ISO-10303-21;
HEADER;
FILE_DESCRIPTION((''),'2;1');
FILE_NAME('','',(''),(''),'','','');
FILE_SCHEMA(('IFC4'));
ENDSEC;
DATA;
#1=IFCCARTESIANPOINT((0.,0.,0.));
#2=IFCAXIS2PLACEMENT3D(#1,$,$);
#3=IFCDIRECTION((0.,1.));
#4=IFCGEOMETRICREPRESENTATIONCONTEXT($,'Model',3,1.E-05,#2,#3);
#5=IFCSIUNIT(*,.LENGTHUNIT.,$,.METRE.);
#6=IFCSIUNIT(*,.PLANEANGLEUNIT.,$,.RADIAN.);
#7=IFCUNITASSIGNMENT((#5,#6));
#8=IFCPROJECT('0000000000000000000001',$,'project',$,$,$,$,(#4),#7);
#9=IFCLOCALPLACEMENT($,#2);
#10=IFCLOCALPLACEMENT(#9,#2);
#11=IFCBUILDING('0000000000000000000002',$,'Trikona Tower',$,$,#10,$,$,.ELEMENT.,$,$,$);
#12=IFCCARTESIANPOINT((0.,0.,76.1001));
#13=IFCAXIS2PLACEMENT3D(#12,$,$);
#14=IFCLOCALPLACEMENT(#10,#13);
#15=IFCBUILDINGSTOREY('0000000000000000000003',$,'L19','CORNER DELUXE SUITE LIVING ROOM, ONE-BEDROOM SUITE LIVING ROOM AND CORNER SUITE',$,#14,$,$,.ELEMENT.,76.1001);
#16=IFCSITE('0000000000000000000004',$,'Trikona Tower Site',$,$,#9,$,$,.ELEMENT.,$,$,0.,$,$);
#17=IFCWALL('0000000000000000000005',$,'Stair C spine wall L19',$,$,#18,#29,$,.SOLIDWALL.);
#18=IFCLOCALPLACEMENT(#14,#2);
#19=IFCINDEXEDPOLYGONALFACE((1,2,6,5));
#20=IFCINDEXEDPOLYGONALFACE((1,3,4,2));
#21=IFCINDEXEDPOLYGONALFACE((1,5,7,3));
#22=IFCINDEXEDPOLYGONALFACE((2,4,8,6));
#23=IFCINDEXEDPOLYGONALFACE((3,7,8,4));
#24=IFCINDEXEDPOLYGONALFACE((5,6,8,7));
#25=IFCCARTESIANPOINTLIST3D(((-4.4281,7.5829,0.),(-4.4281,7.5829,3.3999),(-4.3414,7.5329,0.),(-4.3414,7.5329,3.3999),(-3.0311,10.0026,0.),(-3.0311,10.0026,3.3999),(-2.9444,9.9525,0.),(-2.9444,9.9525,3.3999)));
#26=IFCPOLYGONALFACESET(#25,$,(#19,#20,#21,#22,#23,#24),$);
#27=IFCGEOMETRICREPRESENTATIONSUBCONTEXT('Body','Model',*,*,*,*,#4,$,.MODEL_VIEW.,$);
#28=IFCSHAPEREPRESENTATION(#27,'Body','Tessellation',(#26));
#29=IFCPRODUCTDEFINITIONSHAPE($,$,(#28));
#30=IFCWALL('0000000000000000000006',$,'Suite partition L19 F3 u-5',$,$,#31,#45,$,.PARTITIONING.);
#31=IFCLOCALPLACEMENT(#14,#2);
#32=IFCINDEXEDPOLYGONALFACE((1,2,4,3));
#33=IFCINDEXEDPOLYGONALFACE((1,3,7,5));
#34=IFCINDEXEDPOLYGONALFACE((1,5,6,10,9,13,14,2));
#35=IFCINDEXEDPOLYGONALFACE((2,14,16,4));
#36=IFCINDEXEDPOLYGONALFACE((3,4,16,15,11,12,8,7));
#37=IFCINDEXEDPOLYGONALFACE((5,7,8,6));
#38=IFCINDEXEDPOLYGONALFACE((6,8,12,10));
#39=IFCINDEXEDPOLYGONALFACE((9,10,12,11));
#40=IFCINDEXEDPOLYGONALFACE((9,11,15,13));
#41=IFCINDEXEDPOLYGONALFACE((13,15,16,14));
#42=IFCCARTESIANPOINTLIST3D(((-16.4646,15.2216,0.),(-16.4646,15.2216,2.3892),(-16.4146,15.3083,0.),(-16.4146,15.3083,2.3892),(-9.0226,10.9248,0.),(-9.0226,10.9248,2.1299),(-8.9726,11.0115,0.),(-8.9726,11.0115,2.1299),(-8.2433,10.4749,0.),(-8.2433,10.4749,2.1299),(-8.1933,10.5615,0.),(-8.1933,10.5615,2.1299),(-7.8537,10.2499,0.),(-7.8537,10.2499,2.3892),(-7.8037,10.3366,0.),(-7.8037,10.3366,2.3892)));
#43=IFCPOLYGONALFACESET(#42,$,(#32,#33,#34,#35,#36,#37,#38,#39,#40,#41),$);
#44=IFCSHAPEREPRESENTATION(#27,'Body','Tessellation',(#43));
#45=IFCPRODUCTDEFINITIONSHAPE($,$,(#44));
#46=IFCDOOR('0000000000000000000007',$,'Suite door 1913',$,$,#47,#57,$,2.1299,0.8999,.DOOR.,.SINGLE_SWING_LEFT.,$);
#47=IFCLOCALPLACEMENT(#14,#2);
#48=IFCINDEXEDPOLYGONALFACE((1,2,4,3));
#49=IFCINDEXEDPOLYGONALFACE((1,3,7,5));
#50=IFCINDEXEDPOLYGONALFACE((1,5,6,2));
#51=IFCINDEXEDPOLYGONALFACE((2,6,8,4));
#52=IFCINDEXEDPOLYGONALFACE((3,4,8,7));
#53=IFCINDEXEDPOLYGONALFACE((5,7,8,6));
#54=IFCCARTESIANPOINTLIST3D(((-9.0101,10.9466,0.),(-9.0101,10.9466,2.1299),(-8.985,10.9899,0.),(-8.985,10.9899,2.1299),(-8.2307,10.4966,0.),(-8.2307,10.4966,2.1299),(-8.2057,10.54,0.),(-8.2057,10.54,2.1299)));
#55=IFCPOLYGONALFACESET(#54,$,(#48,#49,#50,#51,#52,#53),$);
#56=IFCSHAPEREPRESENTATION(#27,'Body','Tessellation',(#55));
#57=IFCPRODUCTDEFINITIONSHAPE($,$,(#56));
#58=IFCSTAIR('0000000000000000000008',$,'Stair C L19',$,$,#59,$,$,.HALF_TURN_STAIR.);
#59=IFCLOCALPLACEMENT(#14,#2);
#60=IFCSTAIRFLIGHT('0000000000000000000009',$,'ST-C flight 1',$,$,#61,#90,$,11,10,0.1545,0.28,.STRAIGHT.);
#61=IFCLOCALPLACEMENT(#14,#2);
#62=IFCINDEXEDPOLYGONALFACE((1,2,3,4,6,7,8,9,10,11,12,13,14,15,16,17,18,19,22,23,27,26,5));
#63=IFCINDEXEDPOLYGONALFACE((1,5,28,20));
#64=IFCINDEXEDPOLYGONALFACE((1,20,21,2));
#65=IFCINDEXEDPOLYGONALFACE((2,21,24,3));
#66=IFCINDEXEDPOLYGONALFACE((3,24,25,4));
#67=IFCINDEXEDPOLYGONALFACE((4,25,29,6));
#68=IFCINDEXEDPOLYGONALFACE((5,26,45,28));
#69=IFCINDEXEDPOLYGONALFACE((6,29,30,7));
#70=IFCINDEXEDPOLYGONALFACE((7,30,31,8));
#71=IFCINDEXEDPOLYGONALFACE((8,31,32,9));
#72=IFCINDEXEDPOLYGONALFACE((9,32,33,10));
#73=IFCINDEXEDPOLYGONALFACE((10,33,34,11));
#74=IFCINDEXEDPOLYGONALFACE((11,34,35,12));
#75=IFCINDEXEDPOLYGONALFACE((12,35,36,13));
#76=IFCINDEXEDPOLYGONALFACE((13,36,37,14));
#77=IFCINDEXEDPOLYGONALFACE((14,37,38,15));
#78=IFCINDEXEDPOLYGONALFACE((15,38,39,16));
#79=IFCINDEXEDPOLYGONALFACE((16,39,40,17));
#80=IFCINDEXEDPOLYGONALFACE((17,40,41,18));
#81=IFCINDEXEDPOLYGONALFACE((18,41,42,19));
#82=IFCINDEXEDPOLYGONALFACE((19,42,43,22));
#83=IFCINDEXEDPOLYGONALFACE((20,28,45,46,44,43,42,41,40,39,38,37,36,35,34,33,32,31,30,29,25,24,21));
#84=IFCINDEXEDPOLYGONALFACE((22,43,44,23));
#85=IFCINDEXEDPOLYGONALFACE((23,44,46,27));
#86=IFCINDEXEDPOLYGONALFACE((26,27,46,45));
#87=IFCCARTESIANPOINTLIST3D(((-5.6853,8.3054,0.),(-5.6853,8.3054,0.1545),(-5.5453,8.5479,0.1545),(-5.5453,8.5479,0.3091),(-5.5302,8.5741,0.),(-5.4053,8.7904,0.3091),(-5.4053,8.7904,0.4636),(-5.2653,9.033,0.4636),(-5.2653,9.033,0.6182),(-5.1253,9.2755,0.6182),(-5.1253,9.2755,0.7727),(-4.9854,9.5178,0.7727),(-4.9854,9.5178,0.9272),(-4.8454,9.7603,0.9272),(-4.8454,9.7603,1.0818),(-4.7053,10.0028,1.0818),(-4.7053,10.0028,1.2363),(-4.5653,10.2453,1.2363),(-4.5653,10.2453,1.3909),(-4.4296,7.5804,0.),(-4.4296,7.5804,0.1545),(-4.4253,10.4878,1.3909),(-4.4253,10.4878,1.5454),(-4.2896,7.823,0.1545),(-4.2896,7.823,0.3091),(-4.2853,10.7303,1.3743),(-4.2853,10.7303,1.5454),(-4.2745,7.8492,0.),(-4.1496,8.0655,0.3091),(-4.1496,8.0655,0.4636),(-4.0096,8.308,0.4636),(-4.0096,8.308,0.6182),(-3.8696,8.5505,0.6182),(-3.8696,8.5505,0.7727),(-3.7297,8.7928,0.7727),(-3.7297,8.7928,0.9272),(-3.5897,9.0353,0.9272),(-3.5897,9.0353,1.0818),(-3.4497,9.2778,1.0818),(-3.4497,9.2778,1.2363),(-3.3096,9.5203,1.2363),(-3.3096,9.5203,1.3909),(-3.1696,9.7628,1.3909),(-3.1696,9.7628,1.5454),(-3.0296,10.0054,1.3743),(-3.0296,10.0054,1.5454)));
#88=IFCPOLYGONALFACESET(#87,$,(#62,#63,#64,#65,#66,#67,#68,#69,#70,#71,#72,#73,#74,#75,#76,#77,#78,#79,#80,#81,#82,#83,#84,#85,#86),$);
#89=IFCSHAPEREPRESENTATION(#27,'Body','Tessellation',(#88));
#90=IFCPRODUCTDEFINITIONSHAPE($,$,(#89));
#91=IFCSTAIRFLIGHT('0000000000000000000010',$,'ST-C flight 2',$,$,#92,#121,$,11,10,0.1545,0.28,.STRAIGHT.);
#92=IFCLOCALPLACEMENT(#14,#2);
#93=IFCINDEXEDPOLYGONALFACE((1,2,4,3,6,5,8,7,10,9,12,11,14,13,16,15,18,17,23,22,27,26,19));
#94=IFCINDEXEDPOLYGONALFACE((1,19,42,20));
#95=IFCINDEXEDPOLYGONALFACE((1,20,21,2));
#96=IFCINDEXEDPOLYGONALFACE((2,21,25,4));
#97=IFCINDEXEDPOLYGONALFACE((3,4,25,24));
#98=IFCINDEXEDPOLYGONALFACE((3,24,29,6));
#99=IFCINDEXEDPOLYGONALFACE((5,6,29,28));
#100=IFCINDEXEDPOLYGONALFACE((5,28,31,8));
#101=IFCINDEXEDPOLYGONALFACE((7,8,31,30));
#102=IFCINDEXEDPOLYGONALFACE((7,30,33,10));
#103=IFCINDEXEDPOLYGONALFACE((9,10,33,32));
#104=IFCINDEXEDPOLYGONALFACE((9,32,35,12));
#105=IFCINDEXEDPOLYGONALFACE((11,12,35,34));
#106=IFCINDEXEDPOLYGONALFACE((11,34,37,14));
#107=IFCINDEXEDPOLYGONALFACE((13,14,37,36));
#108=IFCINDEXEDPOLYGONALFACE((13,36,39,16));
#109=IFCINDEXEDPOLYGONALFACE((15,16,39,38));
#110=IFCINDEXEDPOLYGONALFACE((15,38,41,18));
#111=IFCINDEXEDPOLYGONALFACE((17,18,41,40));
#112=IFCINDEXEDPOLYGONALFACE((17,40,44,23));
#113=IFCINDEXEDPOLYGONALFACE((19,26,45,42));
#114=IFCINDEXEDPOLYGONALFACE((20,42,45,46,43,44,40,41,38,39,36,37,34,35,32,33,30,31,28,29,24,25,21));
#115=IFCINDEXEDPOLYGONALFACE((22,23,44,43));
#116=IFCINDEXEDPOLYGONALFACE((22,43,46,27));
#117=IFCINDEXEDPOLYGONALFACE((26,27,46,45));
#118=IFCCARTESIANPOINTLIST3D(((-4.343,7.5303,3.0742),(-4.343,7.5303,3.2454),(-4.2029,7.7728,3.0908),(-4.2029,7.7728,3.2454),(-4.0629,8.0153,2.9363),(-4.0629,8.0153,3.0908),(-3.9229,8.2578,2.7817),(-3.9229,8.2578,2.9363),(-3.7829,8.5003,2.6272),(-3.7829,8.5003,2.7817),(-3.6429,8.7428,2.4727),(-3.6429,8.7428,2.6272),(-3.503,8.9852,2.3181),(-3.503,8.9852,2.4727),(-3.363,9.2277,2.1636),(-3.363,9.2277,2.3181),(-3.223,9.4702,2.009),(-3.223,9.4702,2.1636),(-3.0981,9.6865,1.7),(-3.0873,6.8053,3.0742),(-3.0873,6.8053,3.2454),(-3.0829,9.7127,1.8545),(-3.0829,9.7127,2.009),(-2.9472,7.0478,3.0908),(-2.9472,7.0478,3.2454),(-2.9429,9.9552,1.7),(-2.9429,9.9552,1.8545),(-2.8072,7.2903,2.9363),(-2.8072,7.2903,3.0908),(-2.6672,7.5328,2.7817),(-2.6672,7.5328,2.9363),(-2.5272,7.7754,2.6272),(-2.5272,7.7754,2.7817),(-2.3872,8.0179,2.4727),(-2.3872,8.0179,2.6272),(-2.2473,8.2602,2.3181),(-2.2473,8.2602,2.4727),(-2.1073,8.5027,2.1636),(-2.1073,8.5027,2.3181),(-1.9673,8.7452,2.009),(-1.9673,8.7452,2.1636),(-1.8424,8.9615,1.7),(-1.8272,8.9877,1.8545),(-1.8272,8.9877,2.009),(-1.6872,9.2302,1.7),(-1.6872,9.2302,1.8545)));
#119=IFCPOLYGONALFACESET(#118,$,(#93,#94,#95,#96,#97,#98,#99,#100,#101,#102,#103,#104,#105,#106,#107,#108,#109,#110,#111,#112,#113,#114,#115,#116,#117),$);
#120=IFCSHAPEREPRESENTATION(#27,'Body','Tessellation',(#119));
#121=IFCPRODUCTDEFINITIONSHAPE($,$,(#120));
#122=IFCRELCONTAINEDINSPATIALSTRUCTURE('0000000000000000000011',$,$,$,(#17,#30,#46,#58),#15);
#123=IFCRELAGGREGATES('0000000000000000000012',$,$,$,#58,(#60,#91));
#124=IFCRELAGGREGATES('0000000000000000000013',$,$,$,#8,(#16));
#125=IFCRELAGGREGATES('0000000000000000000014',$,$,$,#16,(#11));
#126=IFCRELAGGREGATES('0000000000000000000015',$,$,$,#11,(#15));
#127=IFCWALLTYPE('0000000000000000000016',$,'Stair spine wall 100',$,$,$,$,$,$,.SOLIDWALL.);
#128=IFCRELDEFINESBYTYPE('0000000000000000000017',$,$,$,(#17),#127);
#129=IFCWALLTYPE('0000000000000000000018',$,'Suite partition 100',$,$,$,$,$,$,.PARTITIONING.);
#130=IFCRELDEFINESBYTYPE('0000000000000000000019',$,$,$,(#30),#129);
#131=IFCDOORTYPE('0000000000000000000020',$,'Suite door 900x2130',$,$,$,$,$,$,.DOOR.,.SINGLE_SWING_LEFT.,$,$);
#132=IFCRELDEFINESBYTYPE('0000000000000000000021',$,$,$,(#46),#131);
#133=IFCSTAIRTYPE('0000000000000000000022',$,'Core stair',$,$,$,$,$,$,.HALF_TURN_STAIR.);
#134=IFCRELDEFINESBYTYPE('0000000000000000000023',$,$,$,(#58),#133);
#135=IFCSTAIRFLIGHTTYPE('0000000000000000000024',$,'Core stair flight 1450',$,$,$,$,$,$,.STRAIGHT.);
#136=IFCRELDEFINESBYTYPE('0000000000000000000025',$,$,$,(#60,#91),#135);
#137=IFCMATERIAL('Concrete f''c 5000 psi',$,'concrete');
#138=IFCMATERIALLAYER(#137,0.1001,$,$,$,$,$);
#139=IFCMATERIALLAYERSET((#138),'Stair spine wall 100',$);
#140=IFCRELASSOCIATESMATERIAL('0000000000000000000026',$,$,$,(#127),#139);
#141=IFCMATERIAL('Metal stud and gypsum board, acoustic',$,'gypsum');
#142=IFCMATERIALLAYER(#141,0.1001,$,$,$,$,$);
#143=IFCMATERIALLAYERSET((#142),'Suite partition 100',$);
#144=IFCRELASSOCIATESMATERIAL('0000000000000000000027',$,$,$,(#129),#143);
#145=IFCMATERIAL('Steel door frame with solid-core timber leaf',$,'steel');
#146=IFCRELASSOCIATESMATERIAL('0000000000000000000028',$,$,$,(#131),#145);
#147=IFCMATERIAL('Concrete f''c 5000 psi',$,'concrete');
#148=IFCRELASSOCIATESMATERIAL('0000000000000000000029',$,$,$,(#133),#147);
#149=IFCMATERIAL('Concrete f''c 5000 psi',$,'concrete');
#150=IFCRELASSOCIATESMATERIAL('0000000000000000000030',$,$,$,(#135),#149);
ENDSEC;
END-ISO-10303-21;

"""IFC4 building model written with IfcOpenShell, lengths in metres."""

from ifc_helpers import new_model, si_unit, direction, frame, frame_2d, origin, place, context, subcontext, project, spatial, polyline, rectangle, outline, extrude, material, layer, layer_set, type_object, element, fill, aggregate, save


model = new_model("IFC4")

# Units and contexts
model_context = context("Model", 3, precision=1e-05, world=origin(), true_north=direction((0.0, 1.0)))
body_context = subcontext(model_context, "Body", "Model", "MODEL_VIEW")
ifc_project = project(units=[si_unit("LENGTHUNIT", "METRE"), si_unit("PLANEANGLEUNIT", "RADIAN")], contexts=[model_context])

# Site, building, storey
site_placement = place(None, origin())
site = spatial("IfcSite", under=ifc_project, at=site_placement, Name="Trikona Tower Site", CompositionType="ELEMENT", RefElevation=0.0)
building_placement = place(site_placement, origin())
building = spatial("IfcBuilding", under=site, at=building_placement, Name="Trikona Tower", CompositionType="ELEMENT")
storey_placement = place(building_placement, frame((0.0, 0.0, 76.1001)))
storey = spatial("IfcBuildingStorey", under=building, at=storey_placement, Name="L19", Description="CORNER DELUXE SUITE LIVING ROOM, ONE-BEDROOM SUITE LIVING ROOM AND CORNER SUITE", CompositionType="ELEMENT", Elevation=76.1001)

# Wall
ifc_material_1 = material(Name="Concrete f'c 5000 psi", Category="concrete")
ifc_layer_1 = layer(ifc_material_1, 0.1001)
ifc_layer_set_1 = layer_set([ifc_layer_1], Name="Stair spine wall 100")
wall_type_1 = type_object("IfcWallType", Name="Stair spine wall 100", PredefinedType="SOLIDWALL", material=ifc_layer_set_1)
wall_1_placement = place(storey_placement, frame((-2.9878, 9.9775, 0.0), z_axis=(0.0, 0.0, 1.0), x_axis=(-0.499992, -0.86603, 0.0)))
element("IfcWall", 1, at=wall_1_placement, inside=storey, type_object=wall_type_1, Name="Stair C spine wall L19", PredefinedType="SOLIDWALL", context=body_context, shape_type="SweptSolid", body=[
    extrude(rectangle(XDim=2.7939, YDim=0.1001, at=frame_2d((1.397, 0.0))), origin(), (0.0, 0.0, 1.0), 3.3999),
])

# Wall, opening, door
ifc_material_2 = material(Name="Metal stud and gypsum board, acoustic", Category="gypsum")
ifc_layer_2 = layer(ifc_material_2, 0.1001)
ifc_layer_set_2 = layer_set([ifc_layer_2], Name="Suite partition 100")
wall_type_2 = type_object("IfcWallType", Name="Suite partition 100", PredefinedType="PARTITIONING", material=ifc_layer_set_2)
wall_2_placement = place(storey_placement, frame((-7.8286, 10.2932, 0.0), z_axis=(0.0, 0.0, 1.0), x_axis=(-0.866016, 0.500016, 0.0)))
wall_2 = element("IfcWall", 2, at=wall_2_placement, inside=storey, type_object=wall_type_2, Name="Suite partition L19 F3 u-5", PredefinedType="PARTITIONING", context=body_context, shape_type="SweptSolid", body=[
    extrude(rectangle(XDim=9.9431, YDim=0.1001, at=frame_2d((4.9717, 0.0))), origin(), (0.0, 0.0, 1.0), 2.3892),
])
opening_1_placement = place(wall_2_placement, frame((0.45, 0.0, 0.0)))
opening_1 = element("IfcOpeningElement", 3, at=opening_1_placement, cuts=wall_2, PredefinedType="OPENING", context=body_context, shape_type="SweptSolid", body=[
    extrude(rectangle(XDim=0.8999, YDim=2.1299, at=frame_2d((0.45, 1.0649))), frame((0.0, 0.0601, 0.0), z_axis=(0.0, -1.0, 0.0), x_axis=(1.0, 0.0, 0.0)), (0.0, 0.0, 1.0), 0.1201),
])
ifc_material_3 = material(Name="Steel door frame with solid-core timber leaf", Category="steel")
door_type_1 = type_object("IfcDoorType", Name="Suite door 900x2130", OperationType="SINGLE_SWING_LEFT", PredefinedType="DOOR", material=ifc_material_3)
door_1_placement = place(opening_1_placement, origin())
door_1 = element("IfcDoor", 4, at=door_1_placement, inside=storey, type_object=door_type_1, Name="Suite door 1913", OperationType="SINGLE_SWING_LEFT", OverallHeight=2.1299, OverallWidth=0.8999, PredefinedType="DOOR", context=body_context, shape_type="SweptSolid", body=[
    extrude(rectangle(XDim=0.8999, YDim=2.1299, at=frame_2d((0.45, 1.0649))), frame((0.0, 0.0249, 0.0), z_axis=(0.0, -1.0, 0.0), x_axis=(1.0, 0.0, 0.0)), (0.0, 0.0, 1.0), 0.05),
])
fill(opening_1, door_1)

# Stair, stair flights
ifc_material_4 = material(Name="Concrete f'c 5000 psi", Category="concrete")
stair_type = type_object("IfcStairType", Name="Core stair", PredefinedType="HALF_TURN_STAIR", material=ifc_material_4)
stair_placement = place(storey_placement, origin())
stair = element("IfcStair", 5, at=stair_placement, inside=storey, type_object=stair_type, Name="Stair C L19", PredefinedType="HALF_TURN_STAIR")
ifc_material_5 = material(Name="Concrete f'c 5000 psi", Category="concrete")
stair_flight_type = type_object("IfcStairFlightType", Name="Core stair flight 1450", PredefinedType="STRAIGHT", material=ifc_material_5)
stair_flight_1_placement = place(storey_placement, frame((-5.0574, 7.9429, 0.0), z_axis=(0.0, 0.0, 1.0), x_axis=(0.5, 0.866025, 0.0)))
stair_flight_1 = element("IfcStairFlight", 6, at=stair_flight_1_placement, type_object=stair_flight_type, Name="ST-C flight 1", NumberOfRisers=11, NumberOfTreads=10, PredefinedType="STRAIGHT", RiserHeight=0.1545, TreadLength=0.28, context=body_context, shape_type="SweptSolid", body=[
    extrude(outline(polyline([(0.0, 0.0), (0.0, 0.1545), (0.28, 0.1545), (0.28, 0.3091), (0.5601, 0.3091), (0.5601, 0.4636), (0.8401, 0.4636), (0.8401, 0.6182), (1.1201, 0.6182), (1.1201, 0.7727), (1.3999, 0.7727), (1.3999, 0.9272), (1.6799, 0.9272), (1.6799, 1.0818), (1.96, 1.0818), (1.96, 1.2363), (2.24, 1.2363), (2.24, 1.3909), (2.52, 1.3909), (2.52, 1.5454), (2.8, 1.5454), (2.8, 1.7), (2.8, 1.3743), (0.3103, 0.0), (0.0, 0.0)])), frame((0.0, 0.7251, 0.0), z_axis=(0.0, -1.0, 0.0), x_axis=(1.0, 0.0, 0.0)), (0.0, 0.0, 1.0), 1.45),
])
stair_flight_2_placement = place(storey_placement, frame((-2.3152, 9.5928, 1.7), z_axis=(0.0, 0.0, 1.0), x_axis=(-0.5, -0.866025, 0.0)))
stair_flight_2 = element("IfcStairFlight", 7, at=stair_flight_2_placement, type_object=stair_flight_type, Name="ST-C flight 2", NumberOfRisers=11, NumberOfTreads=10, PredefinedType="STRAIGHT", RiserHeight=0.1545, TreadLength=0.28, context=body_context, shape_type="SweptSolid", body=[
    extrude(outline(polyline([(0.0, 0.0), (0.0, 0.1545), (0.28, 0.1545), (0.28, 0.3091), (0.5601, 0.3091), (0.5601, 0.4636), (0.8401, 0.4636), (0.8401, 0.6182), (1.1201, 0.6182), (1.1201, 0.7727), (1.3999, 0.7727), (1.3999, 0.9272), (1.6799, 0.9272), (1.6799, 1.0818), (1.96, 1.0818), (1.96, 1.2363), (2.24, 1.2363), (2.24, 1.3909), (2.52, 1.3909), (2.52, 1.5454), (2.8, 1.5454), (2.8, 1.7), (2.8, 1.3743), (0.3103, 0.0), (0.0, 0.0)])), frame((0.0, 0.7251, 0.0), z_axis=(0.0, -1.0, 0.0), x_axis=(1.0, 0.0, 0.0)), (0.0, 0.0, 1.0), 1.45),
])
aggregate(stair, [stair_flight_1, stair_flight_2])

save(model, "model.ifc")
